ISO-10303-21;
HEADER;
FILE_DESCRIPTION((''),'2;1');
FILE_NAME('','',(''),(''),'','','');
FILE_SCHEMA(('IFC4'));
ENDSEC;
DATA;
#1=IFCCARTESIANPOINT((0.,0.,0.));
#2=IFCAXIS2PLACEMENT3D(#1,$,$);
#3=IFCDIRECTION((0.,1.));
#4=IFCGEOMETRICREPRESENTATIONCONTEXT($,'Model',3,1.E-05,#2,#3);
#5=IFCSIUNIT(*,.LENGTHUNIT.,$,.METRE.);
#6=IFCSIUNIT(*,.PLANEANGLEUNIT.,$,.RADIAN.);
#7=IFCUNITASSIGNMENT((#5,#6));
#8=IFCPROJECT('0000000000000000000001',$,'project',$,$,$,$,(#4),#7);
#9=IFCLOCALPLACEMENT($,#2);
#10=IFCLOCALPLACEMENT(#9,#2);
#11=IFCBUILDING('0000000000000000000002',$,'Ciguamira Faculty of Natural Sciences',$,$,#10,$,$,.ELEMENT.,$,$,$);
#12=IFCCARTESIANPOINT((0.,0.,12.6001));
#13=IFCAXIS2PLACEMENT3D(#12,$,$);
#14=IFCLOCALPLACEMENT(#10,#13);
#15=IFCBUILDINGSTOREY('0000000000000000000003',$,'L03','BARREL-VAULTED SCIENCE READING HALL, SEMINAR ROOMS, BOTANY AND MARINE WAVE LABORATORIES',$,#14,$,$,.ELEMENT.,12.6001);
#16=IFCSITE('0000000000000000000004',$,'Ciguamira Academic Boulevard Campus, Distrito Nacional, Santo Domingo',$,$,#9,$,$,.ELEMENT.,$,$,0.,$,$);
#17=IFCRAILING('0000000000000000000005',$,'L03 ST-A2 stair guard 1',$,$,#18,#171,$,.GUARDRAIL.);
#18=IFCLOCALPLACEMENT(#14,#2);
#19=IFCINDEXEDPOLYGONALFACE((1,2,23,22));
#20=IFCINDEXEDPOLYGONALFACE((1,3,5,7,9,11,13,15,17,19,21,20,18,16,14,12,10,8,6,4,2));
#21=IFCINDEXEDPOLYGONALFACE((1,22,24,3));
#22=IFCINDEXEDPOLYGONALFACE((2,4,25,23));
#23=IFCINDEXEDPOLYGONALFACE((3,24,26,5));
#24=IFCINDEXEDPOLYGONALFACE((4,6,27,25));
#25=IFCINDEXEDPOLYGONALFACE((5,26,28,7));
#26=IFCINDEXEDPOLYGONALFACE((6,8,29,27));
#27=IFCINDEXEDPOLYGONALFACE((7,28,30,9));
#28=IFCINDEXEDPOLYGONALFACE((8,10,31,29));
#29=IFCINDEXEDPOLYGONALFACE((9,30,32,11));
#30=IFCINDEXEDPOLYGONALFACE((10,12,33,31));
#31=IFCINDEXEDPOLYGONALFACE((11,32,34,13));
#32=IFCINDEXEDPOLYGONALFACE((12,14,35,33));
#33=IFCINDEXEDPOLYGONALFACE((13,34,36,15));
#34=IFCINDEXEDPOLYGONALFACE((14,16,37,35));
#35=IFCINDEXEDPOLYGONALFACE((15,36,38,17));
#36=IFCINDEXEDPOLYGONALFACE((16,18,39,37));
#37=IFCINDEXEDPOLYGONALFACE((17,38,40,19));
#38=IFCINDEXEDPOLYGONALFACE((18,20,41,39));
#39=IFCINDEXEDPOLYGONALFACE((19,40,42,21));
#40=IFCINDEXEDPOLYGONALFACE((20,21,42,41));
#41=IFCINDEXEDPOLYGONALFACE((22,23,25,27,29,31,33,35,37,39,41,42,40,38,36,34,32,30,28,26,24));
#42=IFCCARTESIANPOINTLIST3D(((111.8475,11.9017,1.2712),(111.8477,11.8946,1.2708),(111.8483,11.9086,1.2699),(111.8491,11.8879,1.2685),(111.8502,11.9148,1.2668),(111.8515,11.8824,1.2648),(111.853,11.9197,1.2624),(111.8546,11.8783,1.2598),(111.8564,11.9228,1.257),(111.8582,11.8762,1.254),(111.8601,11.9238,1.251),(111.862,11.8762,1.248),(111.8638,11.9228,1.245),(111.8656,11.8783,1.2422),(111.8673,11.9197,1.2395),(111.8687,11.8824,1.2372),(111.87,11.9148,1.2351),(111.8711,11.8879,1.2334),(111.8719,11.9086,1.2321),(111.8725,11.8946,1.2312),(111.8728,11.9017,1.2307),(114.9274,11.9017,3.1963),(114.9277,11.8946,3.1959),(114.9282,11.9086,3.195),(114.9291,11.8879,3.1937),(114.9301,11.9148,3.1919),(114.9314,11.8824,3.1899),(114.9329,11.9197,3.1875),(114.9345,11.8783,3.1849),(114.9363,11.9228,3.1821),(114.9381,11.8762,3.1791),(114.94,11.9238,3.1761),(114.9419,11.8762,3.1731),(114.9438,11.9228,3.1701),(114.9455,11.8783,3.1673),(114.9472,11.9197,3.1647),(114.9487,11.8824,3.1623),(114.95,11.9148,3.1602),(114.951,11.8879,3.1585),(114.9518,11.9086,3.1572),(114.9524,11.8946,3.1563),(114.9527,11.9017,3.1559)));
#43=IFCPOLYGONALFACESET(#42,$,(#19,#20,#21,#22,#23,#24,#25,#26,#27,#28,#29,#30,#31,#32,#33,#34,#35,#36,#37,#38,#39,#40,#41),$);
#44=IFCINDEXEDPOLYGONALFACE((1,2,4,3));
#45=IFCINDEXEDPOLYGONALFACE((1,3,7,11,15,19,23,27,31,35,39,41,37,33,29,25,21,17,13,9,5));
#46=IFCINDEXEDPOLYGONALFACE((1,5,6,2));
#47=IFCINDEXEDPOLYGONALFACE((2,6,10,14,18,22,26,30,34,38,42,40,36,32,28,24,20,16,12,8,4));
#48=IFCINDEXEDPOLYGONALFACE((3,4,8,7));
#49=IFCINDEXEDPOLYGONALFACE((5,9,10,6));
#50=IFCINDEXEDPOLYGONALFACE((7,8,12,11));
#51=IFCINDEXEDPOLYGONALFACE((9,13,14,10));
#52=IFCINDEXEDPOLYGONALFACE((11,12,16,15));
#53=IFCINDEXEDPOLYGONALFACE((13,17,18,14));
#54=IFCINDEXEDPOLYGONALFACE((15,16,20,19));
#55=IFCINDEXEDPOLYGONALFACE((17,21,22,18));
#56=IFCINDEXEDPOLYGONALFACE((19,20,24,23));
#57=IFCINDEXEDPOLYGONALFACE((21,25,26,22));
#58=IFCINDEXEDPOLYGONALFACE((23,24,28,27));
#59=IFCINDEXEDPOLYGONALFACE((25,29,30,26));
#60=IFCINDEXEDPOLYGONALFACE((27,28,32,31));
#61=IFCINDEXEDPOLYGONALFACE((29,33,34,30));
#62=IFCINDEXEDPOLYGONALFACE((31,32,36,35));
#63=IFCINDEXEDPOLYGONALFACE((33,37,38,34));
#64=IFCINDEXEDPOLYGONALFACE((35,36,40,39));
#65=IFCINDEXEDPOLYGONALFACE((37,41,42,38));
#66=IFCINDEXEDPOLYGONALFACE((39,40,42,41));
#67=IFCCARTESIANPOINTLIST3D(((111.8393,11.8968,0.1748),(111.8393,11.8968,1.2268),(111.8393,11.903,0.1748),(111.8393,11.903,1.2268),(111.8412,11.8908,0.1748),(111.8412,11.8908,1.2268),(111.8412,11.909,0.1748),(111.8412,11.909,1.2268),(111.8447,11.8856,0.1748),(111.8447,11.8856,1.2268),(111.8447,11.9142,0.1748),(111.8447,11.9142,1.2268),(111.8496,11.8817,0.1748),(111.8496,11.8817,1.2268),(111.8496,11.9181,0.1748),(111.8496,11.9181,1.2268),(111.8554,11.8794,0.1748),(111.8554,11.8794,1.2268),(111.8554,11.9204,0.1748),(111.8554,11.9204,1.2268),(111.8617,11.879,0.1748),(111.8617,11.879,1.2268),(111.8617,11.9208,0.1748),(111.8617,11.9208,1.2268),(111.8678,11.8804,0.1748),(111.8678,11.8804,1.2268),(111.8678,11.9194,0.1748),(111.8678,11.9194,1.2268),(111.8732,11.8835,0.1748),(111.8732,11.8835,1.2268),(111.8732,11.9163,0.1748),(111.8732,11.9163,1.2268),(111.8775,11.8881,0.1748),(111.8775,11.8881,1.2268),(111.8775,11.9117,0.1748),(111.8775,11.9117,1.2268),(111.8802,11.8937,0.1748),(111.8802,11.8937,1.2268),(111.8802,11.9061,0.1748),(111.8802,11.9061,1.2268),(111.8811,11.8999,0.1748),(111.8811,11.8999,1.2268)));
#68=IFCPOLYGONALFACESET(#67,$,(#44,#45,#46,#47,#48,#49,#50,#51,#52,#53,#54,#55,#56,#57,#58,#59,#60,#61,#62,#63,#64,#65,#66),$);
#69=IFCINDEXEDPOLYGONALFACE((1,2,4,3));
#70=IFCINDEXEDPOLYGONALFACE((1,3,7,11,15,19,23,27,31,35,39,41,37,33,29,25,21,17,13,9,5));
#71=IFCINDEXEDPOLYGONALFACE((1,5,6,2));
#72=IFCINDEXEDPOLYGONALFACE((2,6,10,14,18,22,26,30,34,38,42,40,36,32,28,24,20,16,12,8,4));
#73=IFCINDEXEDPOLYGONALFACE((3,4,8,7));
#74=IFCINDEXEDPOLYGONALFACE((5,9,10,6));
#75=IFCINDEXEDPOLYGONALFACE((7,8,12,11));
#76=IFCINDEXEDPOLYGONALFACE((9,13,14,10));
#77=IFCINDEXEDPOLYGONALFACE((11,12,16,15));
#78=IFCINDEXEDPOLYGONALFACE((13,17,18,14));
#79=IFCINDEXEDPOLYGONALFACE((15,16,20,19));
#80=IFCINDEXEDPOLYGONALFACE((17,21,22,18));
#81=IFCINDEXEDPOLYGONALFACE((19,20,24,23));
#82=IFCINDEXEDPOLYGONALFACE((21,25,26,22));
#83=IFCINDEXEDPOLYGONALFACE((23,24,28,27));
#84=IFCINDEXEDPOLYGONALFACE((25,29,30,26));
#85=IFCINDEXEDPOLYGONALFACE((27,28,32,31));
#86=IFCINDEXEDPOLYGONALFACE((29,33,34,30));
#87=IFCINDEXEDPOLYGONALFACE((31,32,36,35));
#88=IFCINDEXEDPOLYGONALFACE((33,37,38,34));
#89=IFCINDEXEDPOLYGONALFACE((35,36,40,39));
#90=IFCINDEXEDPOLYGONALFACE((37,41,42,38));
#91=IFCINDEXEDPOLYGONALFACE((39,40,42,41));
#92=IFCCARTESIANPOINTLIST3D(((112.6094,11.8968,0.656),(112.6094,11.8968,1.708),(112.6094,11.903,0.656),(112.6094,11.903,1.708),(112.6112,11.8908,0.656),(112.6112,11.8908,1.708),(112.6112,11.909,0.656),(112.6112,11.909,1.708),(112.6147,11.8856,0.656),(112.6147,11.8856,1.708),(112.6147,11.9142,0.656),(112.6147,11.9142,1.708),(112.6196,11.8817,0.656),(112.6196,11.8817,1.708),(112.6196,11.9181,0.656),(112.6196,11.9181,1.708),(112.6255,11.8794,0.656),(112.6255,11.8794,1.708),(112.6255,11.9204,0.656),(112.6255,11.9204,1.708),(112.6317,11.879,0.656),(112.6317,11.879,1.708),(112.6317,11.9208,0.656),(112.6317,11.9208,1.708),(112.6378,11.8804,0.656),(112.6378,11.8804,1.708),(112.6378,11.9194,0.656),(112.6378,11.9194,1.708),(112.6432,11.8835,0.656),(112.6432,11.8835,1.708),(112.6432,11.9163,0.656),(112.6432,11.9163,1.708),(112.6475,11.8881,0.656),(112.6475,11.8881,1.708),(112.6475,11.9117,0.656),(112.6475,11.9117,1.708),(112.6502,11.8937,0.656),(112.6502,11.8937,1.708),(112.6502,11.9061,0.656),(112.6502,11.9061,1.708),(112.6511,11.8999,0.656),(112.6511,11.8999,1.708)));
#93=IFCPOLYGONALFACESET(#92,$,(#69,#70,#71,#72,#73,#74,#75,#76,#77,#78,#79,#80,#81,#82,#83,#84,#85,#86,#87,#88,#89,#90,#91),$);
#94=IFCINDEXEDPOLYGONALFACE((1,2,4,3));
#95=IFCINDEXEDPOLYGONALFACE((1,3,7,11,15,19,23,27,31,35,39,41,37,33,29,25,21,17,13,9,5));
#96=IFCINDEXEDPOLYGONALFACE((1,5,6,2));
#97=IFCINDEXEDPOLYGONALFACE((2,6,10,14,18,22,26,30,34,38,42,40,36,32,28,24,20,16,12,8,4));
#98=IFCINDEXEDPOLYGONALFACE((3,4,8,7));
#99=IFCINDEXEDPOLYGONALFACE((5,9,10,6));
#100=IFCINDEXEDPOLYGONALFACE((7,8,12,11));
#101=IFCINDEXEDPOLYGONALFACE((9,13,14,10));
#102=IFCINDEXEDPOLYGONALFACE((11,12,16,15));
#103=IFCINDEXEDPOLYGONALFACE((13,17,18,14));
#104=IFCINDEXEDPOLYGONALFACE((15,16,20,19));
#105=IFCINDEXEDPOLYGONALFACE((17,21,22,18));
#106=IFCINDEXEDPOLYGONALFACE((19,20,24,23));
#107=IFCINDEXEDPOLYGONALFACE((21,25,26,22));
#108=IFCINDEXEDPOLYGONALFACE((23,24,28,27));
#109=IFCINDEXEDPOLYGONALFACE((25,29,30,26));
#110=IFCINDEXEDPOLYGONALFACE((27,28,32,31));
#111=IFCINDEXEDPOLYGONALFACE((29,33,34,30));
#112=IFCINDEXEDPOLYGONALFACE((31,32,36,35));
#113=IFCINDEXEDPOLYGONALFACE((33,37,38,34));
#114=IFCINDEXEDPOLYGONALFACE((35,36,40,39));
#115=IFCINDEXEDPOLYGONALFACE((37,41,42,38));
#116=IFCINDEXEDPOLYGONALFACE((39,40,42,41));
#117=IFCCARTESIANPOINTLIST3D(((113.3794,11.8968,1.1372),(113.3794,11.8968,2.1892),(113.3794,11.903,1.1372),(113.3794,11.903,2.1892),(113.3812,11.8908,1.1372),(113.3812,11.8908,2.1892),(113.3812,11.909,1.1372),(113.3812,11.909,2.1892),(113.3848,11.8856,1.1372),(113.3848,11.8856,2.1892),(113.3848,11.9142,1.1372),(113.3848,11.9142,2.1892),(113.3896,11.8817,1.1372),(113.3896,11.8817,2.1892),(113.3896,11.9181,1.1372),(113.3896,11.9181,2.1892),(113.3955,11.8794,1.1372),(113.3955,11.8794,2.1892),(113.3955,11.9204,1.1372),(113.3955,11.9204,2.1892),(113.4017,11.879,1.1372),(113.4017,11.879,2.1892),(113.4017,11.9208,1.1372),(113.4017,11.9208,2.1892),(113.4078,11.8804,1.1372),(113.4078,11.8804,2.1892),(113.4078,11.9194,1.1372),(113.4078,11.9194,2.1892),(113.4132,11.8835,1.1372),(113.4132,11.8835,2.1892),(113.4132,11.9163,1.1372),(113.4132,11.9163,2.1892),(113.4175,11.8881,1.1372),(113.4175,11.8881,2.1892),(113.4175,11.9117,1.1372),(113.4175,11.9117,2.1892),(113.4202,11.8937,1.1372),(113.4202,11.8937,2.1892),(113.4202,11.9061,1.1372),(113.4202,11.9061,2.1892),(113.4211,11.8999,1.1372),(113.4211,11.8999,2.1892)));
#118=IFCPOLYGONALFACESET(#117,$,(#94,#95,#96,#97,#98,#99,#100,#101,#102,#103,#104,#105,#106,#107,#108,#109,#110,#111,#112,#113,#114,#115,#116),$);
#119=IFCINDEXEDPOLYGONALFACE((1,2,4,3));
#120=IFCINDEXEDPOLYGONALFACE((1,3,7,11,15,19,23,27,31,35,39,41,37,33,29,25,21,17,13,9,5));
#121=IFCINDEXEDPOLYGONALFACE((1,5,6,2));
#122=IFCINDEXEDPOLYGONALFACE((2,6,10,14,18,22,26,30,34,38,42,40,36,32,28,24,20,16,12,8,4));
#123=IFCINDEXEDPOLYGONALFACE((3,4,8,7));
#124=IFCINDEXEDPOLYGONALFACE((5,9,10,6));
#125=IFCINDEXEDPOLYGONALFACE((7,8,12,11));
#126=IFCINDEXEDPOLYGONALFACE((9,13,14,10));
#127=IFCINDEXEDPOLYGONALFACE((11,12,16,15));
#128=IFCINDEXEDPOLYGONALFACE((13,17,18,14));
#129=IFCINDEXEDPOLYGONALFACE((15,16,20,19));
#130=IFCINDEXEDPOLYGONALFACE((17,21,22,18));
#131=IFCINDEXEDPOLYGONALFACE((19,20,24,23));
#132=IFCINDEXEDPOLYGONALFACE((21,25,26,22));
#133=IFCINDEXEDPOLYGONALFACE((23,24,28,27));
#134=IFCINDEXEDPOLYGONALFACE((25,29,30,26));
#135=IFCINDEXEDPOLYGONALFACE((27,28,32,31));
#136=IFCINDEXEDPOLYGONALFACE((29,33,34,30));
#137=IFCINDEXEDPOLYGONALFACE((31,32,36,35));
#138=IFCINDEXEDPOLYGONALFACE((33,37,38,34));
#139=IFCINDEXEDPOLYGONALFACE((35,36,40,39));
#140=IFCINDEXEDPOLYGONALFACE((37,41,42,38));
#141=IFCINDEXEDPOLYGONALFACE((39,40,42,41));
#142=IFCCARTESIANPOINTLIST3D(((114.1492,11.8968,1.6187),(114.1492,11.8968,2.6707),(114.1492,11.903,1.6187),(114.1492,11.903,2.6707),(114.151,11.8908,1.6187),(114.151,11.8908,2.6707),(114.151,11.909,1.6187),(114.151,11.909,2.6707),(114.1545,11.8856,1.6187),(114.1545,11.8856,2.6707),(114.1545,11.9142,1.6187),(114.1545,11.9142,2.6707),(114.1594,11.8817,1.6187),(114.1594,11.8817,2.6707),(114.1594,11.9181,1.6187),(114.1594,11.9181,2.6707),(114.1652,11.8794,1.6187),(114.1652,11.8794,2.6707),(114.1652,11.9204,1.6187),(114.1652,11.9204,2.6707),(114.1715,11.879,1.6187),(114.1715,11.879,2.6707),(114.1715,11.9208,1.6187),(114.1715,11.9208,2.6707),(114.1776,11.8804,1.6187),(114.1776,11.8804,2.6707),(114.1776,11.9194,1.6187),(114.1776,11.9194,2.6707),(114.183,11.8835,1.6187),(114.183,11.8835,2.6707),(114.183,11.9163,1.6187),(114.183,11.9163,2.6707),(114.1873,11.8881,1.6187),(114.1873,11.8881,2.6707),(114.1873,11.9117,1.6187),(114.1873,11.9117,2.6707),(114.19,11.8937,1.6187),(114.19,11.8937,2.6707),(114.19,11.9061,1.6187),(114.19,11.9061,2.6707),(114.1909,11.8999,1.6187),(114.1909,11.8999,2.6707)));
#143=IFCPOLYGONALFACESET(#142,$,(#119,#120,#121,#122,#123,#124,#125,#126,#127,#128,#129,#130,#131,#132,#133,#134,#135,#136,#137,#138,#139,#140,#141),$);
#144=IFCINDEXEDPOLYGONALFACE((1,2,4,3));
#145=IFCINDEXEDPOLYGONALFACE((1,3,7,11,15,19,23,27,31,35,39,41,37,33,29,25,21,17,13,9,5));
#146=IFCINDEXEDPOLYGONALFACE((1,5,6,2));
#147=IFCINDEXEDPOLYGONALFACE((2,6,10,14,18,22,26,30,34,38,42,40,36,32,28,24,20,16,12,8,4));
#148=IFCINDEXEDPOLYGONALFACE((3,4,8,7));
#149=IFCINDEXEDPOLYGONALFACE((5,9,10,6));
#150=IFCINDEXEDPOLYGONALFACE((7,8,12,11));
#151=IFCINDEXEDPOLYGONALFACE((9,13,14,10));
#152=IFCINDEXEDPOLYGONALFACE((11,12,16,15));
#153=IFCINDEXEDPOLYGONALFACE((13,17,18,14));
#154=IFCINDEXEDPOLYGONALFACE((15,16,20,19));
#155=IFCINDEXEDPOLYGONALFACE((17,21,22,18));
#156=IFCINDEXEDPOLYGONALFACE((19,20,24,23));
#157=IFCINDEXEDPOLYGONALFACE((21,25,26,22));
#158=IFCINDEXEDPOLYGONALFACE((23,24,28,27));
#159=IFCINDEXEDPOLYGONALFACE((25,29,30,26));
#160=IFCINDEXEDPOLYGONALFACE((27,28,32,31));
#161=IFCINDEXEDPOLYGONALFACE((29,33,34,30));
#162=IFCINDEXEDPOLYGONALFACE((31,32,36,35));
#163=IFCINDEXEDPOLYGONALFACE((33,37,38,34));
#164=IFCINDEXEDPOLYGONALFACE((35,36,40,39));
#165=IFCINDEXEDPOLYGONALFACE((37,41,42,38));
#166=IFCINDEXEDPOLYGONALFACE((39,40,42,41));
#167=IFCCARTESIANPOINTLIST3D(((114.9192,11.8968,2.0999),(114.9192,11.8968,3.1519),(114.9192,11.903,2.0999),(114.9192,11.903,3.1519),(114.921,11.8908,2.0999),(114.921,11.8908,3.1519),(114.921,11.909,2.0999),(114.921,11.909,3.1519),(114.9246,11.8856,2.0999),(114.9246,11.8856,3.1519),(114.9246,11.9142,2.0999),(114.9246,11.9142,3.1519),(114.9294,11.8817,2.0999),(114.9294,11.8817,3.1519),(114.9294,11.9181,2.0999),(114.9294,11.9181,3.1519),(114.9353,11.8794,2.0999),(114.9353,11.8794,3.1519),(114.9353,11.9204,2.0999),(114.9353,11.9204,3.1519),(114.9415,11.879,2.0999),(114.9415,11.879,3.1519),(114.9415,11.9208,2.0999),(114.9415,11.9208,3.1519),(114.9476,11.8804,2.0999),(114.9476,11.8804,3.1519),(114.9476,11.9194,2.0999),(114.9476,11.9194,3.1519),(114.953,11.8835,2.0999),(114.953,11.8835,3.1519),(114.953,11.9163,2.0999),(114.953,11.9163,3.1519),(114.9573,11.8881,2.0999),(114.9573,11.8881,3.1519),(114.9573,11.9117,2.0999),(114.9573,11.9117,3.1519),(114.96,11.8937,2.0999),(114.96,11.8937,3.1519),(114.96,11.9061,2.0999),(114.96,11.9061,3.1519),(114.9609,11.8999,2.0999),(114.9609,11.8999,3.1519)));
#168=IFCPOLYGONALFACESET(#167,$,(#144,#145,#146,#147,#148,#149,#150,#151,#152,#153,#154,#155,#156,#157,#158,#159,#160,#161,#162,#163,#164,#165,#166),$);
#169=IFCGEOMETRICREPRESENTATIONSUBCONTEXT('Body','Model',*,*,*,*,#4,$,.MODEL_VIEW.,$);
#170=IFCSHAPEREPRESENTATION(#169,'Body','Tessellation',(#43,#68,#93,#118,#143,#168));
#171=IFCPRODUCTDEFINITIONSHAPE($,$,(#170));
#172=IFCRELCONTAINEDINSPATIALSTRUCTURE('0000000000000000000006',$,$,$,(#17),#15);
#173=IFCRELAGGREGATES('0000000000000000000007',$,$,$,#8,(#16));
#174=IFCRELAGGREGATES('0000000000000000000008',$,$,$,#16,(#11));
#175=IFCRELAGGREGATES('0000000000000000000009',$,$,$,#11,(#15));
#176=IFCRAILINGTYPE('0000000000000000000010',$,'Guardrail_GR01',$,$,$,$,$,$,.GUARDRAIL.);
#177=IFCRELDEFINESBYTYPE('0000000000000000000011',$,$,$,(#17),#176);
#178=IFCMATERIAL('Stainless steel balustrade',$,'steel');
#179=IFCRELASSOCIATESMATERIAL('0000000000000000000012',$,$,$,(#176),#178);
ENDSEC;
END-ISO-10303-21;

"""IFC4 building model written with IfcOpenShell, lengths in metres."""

from ifc_helpers import new_model, si_unit, direction, frame, origin, origin_2d, place, context, subcontext, project, spatial, circle, extrude, material, type_object, element, save


model = new_model("IFC4")

# Units and contexts
model_context = context("Model", 3, precision=1e-05, world=origin(), true_north=direction((0.0, 1.0)))
body_context = subcontext(model_context, "Body", "Model", "MODEL_VIEW")
ifc_project = project(units=[si_unit("LENGTHUNIT", "METRE"), si_unit("PLANEANGLEUNIT", "RADIAN")], contexts=[model_context])

# Site, building, storey
site_placement = place(None, origin())
site = spatial("IfcSite", under=ifc_project, at=site_placement, Name="Ciguamira Academic Boulevard Campus, Distrito Nacional, Santo Domingo", CompositionType="ELEMENT", RefElevation=0.0)
building_placement = place(site_placement, origin())
building = spatial("IfcBuilding", under=site, at=building_placement, Name="Ciguamira Faculty of Natural Sciences", CompositionType="ELEMENT")
storey_placement = place(building_placement, frame((0.0, 0.0, 12.6001)))
storey = spatial("IfcBuildingStorey", under=building, at=storey_placement, Name="L03", Description="BARREL-VAULTED SCIENCE READING HALL, SEMINAR ROOMS, BOTANY AND MARINE WAVE LABORATORIES", CompositionType="ELEMENT", Elevation=12.6001)

# Railing
ifc_material_1 = material(Name="Stainless steel balustrade", Category="steel")
railing_type_1 = type_object("IfcRailingType", Name="Guardrail_GR01", PredefinedType="GUARDRAIL", material=ifc_material_1)
railing_1_placement = place(storey_placement, frame((111.8601, 11.8999, 0.1748)))
element("IfcRailing", 1, at=railing_1_placement, inside=storey, type_object=railing_type_1, Name="L03 ST-A2 stair guard 1", PredefinedType="GUARDRAIL", context=body_context, shape_type="SweptSolid", body=[
    extrude(circle(Radius=0.0239, at=origin_2d()), frame((0.0, 0.0, 1.0762), z_axis=(0.847979, 0.0, 0.530029), x_axis=(0.0, 1.0, 0.0)), (0.0, 0.0, 1.0), 3.6321),
    extrude(circle(Radius=0.021, at=origin_2d()), origin(), (0.0, 0.0, 1.0), 1.052),
    extrude(circle(Radius=0.021, at=origin_2d()), frame((0.77, 0.0, 0.4812)), (0.0, 0.0, 1.0), 1.052),
    extrude(circle(Radius=0.021, at=origin_2d()), frame((1.54, 0.0, 0.9624)), (0.0, 0.0, 1.0), 1.052),
    extrude(circle(Radius=0.021, at=origin_2d()), frame((2.3098, 0.0, 1.4438)), (0.0, 0.0, 1.0), 1.052),
    extrude(circle(Radius=0.021, at=origin_2d()), frame((3.0798, 0.0, 1.925)), (0.0, 0.0, 1.0), 1.052),
])

save(model, "model.ifc")
